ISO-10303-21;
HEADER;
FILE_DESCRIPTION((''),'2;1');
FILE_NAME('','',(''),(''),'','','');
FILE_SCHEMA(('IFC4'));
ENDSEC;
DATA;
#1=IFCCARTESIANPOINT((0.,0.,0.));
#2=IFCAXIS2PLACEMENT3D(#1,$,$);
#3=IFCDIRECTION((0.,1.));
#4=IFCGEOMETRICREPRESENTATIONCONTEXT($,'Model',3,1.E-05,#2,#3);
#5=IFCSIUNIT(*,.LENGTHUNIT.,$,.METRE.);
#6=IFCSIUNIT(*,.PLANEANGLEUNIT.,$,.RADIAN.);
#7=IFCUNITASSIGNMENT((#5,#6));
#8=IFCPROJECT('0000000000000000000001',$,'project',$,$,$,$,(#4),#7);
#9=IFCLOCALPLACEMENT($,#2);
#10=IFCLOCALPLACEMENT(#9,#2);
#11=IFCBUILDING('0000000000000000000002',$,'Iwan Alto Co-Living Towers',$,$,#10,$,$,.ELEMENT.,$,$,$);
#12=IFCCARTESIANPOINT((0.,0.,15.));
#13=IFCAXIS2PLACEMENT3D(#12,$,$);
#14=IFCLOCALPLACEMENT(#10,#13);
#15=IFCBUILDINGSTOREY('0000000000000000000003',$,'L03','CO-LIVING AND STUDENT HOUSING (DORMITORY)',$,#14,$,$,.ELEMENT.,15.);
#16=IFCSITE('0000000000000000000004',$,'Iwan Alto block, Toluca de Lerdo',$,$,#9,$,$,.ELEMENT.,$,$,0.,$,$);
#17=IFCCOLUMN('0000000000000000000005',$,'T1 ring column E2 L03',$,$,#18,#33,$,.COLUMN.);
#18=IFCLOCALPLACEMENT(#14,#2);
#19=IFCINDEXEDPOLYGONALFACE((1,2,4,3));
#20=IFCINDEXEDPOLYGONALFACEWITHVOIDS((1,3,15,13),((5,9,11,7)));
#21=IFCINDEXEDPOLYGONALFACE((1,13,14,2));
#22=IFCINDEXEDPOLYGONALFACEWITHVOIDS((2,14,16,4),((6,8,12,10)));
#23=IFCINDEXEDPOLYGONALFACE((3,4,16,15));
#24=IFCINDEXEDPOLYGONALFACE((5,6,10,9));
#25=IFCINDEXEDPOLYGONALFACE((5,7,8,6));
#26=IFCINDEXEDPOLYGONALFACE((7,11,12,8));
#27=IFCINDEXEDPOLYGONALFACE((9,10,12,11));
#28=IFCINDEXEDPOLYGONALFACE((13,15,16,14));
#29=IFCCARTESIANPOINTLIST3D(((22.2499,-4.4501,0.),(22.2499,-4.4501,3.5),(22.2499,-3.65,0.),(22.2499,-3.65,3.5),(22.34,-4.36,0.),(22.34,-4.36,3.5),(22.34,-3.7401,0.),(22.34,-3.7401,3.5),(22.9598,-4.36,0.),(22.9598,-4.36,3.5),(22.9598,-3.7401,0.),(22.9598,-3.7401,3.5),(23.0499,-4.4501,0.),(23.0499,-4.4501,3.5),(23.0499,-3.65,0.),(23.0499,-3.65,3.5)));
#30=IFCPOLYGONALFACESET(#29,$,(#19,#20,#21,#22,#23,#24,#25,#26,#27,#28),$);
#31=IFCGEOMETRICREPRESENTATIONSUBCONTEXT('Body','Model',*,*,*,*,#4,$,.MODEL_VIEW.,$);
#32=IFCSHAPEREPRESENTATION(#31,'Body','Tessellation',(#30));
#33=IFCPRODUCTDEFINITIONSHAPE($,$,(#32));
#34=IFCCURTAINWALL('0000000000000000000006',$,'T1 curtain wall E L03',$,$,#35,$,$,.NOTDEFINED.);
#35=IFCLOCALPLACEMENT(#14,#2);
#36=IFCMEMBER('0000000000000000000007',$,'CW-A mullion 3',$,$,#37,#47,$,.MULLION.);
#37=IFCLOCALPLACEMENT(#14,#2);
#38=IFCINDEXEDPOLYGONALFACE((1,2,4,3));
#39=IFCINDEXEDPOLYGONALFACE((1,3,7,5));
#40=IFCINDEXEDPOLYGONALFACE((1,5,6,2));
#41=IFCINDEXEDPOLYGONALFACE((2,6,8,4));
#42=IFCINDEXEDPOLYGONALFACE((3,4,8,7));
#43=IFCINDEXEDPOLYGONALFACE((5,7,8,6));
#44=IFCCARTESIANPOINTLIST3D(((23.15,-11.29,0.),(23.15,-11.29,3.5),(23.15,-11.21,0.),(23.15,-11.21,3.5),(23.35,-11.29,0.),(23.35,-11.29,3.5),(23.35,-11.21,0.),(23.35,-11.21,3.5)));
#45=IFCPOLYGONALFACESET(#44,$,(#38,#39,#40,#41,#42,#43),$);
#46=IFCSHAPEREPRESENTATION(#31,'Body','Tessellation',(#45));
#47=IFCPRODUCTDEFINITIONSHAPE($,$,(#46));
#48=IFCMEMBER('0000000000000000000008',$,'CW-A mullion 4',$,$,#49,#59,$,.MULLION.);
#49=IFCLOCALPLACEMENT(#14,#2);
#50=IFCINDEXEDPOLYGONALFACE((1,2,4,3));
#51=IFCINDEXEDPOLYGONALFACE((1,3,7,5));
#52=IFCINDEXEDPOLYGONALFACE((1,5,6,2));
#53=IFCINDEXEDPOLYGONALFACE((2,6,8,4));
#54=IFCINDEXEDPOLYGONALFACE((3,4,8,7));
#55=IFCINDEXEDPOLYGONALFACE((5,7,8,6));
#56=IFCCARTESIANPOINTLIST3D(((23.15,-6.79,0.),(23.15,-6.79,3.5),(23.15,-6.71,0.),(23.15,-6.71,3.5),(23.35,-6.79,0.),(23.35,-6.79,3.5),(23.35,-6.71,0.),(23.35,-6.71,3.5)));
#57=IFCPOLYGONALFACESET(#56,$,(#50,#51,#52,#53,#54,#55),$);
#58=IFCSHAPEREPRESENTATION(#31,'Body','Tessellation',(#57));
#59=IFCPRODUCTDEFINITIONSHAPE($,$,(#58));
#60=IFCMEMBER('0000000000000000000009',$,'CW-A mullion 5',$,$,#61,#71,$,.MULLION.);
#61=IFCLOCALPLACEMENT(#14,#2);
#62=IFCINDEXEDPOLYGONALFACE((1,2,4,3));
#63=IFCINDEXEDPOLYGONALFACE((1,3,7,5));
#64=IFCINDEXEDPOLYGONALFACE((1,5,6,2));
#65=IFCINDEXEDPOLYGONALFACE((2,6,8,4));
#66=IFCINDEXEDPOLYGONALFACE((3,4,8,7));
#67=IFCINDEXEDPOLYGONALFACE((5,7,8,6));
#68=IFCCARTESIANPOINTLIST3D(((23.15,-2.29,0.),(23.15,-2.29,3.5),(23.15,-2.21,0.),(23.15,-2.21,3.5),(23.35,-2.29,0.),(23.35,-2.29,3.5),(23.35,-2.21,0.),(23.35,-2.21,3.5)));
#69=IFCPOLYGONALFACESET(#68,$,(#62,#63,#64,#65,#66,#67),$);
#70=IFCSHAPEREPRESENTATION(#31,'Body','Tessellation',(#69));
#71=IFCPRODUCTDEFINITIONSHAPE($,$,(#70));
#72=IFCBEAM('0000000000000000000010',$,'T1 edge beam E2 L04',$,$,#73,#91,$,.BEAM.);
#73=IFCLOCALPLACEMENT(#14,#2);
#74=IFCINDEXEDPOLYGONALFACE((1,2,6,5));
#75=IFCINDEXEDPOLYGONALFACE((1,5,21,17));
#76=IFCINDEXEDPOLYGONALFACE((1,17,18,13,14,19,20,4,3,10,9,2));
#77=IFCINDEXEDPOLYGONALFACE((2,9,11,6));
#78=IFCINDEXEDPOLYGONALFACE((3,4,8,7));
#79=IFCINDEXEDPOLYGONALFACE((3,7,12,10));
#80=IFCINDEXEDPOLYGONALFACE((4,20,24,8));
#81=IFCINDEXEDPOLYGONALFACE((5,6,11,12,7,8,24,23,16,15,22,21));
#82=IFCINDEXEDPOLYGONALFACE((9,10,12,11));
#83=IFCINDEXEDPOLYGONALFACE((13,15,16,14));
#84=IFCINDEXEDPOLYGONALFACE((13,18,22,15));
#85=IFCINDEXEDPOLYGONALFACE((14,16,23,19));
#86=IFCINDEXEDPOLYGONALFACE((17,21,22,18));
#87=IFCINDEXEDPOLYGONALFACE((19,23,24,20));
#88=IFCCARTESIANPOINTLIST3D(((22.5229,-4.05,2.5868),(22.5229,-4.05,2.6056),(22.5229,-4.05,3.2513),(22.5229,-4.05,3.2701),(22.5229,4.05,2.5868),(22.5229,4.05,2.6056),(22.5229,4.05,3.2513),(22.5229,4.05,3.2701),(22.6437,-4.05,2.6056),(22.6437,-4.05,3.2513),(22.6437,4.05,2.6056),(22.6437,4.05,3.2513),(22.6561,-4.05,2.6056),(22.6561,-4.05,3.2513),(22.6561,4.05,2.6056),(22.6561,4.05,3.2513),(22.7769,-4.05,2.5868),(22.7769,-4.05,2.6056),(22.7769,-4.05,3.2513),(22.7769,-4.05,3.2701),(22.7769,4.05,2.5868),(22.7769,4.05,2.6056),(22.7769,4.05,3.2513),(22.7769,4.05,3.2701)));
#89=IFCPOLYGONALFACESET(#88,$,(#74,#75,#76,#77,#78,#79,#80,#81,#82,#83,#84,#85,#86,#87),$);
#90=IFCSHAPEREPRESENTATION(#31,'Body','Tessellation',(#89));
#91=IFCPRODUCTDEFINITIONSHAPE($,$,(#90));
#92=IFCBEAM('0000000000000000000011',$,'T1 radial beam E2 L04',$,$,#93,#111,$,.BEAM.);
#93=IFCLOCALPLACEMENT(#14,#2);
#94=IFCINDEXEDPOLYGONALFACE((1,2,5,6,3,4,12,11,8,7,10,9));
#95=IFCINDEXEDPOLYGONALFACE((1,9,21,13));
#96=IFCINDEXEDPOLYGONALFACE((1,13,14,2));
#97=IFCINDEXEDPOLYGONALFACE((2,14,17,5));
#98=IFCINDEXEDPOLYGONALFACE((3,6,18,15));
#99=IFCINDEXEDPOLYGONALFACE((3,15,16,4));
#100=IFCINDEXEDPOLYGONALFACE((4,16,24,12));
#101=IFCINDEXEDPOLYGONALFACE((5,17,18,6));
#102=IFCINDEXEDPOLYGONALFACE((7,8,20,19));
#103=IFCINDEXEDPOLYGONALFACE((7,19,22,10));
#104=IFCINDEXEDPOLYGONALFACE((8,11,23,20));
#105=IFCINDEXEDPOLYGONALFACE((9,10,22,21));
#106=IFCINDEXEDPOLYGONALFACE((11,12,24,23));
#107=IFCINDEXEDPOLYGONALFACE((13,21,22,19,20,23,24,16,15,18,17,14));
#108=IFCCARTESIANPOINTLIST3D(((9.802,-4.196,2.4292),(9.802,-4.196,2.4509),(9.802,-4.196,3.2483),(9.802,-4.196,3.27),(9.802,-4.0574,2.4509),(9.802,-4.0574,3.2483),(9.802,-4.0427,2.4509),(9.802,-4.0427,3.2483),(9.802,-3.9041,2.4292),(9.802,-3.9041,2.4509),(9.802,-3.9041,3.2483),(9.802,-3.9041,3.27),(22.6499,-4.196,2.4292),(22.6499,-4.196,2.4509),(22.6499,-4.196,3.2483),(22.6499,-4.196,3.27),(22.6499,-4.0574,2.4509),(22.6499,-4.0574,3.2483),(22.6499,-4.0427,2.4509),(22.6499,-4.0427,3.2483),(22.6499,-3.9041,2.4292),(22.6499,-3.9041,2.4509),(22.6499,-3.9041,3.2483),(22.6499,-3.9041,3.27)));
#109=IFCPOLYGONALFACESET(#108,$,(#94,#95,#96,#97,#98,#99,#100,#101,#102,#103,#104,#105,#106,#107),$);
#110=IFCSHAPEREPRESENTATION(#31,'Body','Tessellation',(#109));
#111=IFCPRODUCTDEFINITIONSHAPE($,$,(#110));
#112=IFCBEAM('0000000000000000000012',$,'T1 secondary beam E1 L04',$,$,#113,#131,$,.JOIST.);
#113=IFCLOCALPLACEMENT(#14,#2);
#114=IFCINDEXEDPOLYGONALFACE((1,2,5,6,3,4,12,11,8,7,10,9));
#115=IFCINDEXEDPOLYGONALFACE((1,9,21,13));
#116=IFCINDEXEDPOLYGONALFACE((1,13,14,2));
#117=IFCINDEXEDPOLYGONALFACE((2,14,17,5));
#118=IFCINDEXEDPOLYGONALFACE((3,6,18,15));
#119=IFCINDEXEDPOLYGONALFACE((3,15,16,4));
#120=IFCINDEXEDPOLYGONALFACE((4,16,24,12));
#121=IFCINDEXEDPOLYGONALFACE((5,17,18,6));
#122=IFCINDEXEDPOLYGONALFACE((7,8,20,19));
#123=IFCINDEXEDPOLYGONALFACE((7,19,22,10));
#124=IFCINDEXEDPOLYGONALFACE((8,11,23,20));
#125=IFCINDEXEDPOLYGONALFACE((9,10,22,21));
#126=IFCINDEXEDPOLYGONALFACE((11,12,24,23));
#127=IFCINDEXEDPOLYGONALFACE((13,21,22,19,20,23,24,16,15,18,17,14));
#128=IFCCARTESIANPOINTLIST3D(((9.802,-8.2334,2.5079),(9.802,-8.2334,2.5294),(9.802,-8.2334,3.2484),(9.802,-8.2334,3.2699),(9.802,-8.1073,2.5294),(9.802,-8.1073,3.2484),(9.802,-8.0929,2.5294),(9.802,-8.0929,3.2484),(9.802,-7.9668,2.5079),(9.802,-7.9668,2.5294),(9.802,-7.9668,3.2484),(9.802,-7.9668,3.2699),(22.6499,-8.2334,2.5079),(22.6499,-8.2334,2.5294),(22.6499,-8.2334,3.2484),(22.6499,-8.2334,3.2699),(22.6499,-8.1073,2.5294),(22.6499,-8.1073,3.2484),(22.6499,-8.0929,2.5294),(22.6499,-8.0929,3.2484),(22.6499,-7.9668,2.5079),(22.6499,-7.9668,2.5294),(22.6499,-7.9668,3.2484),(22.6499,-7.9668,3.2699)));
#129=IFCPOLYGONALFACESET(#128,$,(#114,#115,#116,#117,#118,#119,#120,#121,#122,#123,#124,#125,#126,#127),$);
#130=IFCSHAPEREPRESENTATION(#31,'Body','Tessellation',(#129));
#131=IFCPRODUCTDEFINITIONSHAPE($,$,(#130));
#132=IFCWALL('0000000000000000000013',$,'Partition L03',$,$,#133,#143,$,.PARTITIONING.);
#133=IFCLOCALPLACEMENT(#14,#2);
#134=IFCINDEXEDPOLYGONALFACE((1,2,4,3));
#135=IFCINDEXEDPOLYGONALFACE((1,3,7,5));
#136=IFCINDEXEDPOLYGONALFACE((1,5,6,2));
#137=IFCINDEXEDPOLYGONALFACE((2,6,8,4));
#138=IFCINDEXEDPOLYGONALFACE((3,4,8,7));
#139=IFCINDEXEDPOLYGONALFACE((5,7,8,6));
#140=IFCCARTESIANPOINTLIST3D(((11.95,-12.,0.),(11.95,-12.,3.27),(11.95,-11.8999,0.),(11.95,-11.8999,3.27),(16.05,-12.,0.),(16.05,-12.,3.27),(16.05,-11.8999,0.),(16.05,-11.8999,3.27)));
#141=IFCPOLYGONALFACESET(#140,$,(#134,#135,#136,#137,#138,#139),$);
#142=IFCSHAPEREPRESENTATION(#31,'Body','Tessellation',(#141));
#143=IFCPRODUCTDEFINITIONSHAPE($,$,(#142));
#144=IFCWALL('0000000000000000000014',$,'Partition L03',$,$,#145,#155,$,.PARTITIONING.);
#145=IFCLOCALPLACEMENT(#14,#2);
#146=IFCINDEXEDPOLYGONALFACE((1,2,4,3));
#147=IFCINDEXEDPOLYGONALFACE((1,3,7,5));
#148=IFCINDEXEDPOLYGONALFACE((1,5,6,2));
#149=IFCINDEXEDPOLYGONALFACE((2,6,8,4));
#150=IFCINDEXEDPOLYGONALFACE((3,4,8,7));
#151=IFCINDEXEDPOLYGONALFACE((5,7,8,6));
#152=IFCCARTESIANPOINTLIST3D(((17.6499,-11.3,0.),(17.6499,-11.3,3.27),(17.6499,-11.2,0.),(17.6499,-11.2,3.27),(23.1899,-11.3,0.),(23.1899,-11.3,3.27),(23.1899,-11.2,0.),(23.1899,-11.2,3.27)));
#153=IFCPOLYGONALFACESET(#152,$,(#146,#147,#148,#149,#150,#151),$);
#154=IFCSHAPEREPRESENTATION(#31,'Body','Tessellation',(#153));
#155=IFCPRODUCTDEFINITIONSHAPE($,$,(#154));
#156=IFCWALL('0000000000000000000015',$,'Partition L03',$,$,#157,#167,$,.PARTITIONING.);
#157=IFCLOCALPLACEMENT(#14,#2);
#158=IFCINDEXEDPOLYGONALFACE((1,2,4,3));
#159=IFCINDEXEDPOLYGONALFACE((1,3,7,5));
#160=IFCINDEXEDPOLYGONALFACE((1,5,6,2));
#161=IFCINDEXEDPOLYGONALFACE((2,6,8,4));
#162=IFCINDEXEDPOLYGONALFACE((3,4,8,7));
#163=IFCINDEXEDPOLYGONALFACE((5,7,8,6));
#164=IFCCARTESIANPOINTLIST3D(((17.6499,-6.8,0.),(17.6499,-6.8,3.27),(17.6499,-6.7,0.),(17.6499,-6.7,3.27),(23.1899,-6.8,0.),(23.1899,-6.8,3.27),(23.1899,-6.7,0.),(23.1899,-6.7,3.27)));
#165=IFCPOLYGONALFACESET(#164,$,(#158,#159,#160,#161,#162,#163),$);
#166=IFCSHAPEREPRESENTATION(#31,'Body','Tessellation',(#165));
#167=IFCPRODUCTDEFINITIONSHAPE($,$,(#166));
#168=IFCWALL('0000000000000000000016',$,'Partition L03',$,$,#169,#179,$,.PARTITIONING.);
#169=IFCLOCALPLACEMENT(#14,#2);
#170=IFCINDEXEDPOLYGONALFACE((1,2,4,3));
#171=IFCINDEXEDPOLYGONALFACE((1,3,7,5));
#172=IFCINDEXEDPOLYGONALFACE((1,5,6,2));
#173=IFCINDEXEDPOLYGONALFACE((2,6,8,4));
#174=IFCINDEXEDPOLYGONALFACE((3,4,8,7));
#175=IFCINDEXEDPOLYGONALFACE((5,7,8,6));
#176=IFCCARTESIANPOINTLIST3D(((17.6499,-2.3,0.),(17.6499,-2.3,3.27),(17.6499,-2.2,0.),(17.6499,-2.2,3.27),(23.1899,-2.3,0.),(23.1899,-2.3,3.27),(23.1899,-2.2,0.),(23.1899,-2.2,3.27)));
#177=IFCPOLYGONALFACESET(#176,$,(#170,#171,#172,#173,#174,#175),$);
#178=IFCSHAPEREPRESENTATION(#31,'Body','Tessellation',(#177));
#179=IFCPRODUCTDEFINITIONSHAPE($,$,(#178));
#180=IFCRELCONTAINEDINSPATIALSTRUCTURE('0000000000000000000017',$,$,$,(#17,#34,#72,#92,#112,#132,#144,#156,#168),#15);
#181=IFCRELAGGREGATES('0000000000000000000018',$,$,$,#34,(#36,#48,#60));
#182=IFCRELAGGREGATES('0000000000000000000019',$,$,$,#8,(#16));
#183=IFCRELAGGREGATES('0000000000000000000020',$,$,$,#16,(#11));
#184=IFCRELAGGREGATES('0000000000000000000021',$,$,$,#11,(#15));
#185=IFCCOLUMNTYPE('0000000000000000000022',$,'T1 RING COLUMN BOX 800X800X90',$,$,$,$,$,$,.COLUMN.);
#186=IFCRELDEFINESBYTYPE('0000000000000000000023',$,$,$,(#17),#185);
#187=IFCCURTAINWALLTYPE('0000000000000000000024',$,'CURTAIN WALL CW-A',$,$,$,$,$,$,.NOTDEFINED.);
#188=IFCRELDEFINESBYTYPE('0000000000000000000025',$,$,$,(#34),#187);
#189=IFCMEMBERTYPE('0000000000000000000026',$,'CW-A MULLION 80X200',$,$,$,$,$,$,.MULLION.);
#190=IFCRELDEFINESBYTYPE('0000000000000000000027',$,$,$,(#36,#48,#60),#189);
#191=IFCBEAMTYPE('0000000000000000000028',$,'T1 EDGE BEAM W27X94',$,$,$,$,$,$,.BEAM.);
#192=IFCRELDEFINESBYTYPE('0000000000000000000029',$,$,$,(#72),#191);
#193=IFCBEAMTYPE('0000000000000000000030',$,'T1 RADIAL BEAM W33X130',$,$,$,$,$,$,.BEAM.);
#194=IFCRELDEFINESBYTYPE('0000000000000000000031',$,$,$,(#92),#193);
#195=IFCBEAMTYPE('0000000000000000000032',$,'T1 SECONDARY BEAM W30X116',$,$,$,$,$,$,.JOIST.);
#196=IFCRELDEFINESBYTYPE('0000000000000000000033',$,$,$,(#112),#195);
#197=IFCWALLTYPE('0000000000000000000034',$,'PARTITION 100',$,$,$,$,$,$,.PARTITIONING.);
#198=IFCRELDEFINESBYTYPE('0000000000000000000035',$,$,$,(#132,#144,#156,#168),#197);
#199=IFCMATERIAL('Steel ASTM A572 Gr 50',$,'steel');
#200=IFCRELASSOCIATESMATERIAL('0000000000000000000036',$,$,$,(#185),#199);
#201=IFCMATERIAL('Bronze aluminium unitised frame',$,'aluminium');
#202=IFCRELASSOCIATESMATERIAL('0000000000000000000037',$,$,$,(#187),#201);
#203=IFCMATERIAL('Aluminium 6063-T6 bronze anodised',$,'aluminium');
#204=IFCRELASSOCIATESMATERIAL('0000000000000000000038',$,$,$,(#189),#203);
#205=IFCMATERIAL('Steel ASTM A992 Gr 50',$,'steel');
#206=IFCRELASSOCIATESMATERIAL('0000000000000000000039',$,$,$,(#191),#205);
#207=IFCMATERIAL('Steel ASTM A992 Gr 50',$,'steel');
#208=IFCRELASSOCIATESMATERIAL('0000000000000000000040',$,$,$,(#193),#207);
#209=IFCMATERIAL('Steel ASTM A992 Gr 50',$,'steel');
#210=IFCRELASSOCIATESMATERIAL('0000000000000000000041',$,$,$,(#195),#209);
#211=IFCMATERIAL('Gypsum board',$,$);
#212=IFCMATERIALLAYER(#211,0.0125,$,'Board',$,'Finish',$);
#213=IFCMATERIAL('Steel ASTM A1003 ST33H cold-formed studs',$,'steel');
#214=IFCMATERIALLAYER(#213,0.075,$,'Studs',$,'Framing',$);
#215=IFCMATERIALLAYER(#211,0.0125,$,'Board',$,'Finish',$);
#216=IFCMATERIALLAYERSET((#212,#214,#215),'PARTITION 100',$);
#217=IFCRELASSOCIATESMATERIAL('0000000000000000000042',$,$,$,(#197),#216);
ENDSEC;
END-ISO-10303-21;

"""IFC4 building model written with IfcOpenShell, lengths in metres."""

from ifc_helpers import new_model, si_unit, direction, frame, frame_2d, origin, origin_2d, place, context, subcontext, project, spatial, rectangle, hollow_rectangle, i_section, extrude, material, layer, layer_set, material_profile, profile_set, type_object, element, aggregate, save


model = new_model("IFC4")

# Units and contexts
model_context = context("Model", 3, precision=1e-05, world=origin(), true_north=direction((0.0, 1.0)))
body_context = subcontext(model_context, "Body", "Model", "MODEL_VIEW")
ifc_project = project(units=[si_unit("LENGTHUNIT", "METRE"), si_unit("PLANEANGLEUNIT", "RADIAN")], contexts=[model_context])

# Site, building, storey
site_placement = place(None, origin())
site = spatial("IfcSite", under=ifc_project, at=site_placement, Name="Iwan Alto block, Toluca de Lerdo", CompositionType="ELEMENT", RefElevation=0.0)
building_placement = place(site_placement, origin())
building = spatial("IfcBuilding", under=site, at=building_placement, Name="Iwan Alto Co-Living Towers", CompositionType="ELEMENT")
storey_placement = place(building_placement, frame((0.0, 0.0, 15.0)))
storey = spatial("IfcBuildingStorey", under=building, at=storey_placement, Name="L03", Description="CO-LIVING AND STUDENT HOUSING (DORMITORY)", CompositionType="ELEMENT", Elevation=15.0)

# Column
ifc_material_1 = material(Name="Steel ASTM A572 Gr 50", Category="steel")
ifc_material_profile_1 = material_profile(ifc_material_1, hollow_rectangle(XDim=0.8, YDim=0.8, WallThickness=0.0901, at=origin_2d()), Name="BOX 800X800X90")
ifc_profile_set_1 = profile_set([ifc_material_profile_1], Name="Steel ASTM A572 Gr 50")
column_type = type_object("IfcColumnType", Name="T1 RING COLUMN BOX 800X800X90", PredefinedType="COLUMN", material=ifc_profile_set_1)
column_placement = place(storey_placement, frame((22.6499, -4.05, 0.0), z_axis=(0.0, 0.0, 1.0), x_axis=(1.0, 0.0, 0.0)))
element("IfcColumn", 1, at=column_placement, inside=storey, type_object=column_type, Name="T1 ring column E2 L03", PredefinedType="COLUMN", context=body_context, shape_type="SweptSolid", body=[
    extrude(hollow_rectangle(XDim=0.8, YDim=0.8, WallThickness=0.0901, at=origin_2d()), origin(), (0.0, 0.0, 1.0), 3.5),
])

# Curtain wall, members
ifc_material_2 = material(Name="Bronze aluminium unitised frame", Category="aluminium")
curtain_wall_type = type_object("IfcCurtainWallType", Name="CURTAIN WALL CW-A", PredefinedType="NOTDEFINED", material=ifc_material_2)
curtain_wall_placement = place(storey_placement, origin())
curtain_wall = element("IfcCurtainWall", 2, at=curtain_wall_placement, inside=storey, type_object=curtain_wall_type, Name="T1 curtain wall E L03", PredefinedType="NOTDEFINED")
ifc_material_3 = material(Name="Aluminium 6063-T6 bronze anodised", Category="aluminium")
ifc_material_profile_2 = material_profile(ifc_material_3, rectangle(XDim=0.2, YDim=0.0801, at=origin_2d()), Name="AL 80X200")
ifc_profile_set_2 = profile_set([ifc_material_profile_2], Name="Aluminium 6063-T6 bronze anodised")
member_type = type_object("IfcMemberType", Name="CW-A MULLION 80X200", PredefinedType="MULLION", material=ifc_profile_set_2)
member_1_placement = place(storey_placement, frame((23.25, -11.25, 0.0), z_axis=(0.0, 0.0, 1.0), x_axis=(-1.0, 0.0, 0.0)))
member_1 = element("IfcMember", 3, at=member_1_placement, type_object=member_type, Name="CW-A mullion 3", PredefinedType="MULLION", context=body_context, shape_type="SweptSolid", body=[
    extrude(rectangle(XDim=0.2, YDim=0.0801, at=origin_2d()), origin(), (0.0, 0.0, 1.0), 3.5),
])
member_2_placement = place(storey_placement, frame((23.25, -6.75, 0.0), z_axis=(0.0, 0.0, 1.0), x_axis=(-1.0, 0.0, 0.0)))
member_2 = element("IfcMember", 4, at=member_2_placement, type_object=member_type, Name="CW-A mullion 4", PredefinedType="MULLION", context=body_context, shape_type="SweptSolid", body=[
    extrude(rectangle(XDim=0.2, YDim=0.0801, at=origin_2d()), origin(), (0.0, 0.0, 1.0), 3.5),
])
member_3_placement = place(storey_placement, frame((23.25, -2.25, 0.0), z_axis=(0.0, 0.0, 1.0), x_axis=(-1.0, 0.0, 0.0)))
member_3 = element("IfcMember", 5, at=member_3_placement, type_object=member_type, Name="CW-A mullion 5", PredefinedType="MULLION", context=body_context, shape_type="SweptSolid", body=[
    extrude(rectangle(XDim=0.2, YDim=0.0801, at=origin_2d()), origin(), (0.0, 0.0, 1.0), 3.5),
])
aggregate(curtain_wall, [member_1, member_2, member_3])

# Beams
ifc_material_4 = material(Name="Steel ASTM A992 Gr 50", Category="steel")
ifc_material_profile_3 = material_profile(ifc_material_4, i_section(OverallWidth=0.2539, OverallDepth=0.6833, WebThickness=0.0125, FlangeThickness=0.0188, at=origin_2d()), Name="W27X94")
ifc_profile_set_3 = profile_set([ifc_material_profile_3], Name="Steel ASTM A992 Gr 50")
beam_type_1 = type_object("IfcBeamType", Name="T1 EDGE BEAM W27X94", PredefinedType="BEAM", material=ifc_profile_set_3)
beam_1_placement = place(storey_placement, frame((22.6499, -4.05, 2.9285), z_axis=(0.0, 1.0, 0.0), x_axis=(-1.0, 0.0, 0.0)))
element("IfcBeam", 6, at=beam_1_placement, inside=storey, type_object=beam_type_1, Name="T1 edge beam E2 L04", PredefinedType="BEAM", context=body_context, shape_type="SweptSolid", body=[
    extrude(i_section(OverallWidth=0.2539, OverallDepth=0.6833, WebThickness=0.0125, FlangeThickness=0.0188, at=origin_2d()), origin(), (0.0, 0.0, 1.0), 8.1001),
])
ifc_material_5 = material(Name="Steel ASTM A992 Gr 50", Category="steel")
ifc_material_profile_4 = material_profile(ifc_material_5, i_section(OverallWidth=0.292, OverallDepth=0.8408, WebThickness=0.0146, FlangeThickness=0.0217, at=origin_2d()), Name="W33X130")
ifc_profile_set_4 = profile_set([ifc_material_profile_4], Name="Steel ASTM A992 Gr 50")
beam_type_2 = type_object("IfcBeamType", Name="T1 RADIAL BEAM W33X130", PredefinedType="BEAM", material=ifc_profile_set_4)
beam_2_placement = place(storey_placement, frame((22.6499, -4.05, 2.8496), z_axis=(-1.0, 0.0, 0.0), x_axis=(0.0, -1.0, 0.0)))
element("IfcBeam", 7, at=beam_2_placement, inside=storey, type_object=beam_type_2, Name="T1 radial beam E2 L04", PredefinedType="BEAM", context=body_context, shape_type="SweptSolid", body=[
    extrude(i_section(OverallWidth=0.292, OverallDepth=0.8408, WebThickness=0.0146, FlangeThickness=0.0217, at=origin_2d()), origin(), (0.0, 0.0, 1.0), 12.8479),
])
ifc_material_6 = material(Name="Steel ASTM A992 Gr 50", Category="steel")
ifc_material_profile_5 = material_profile(ifc_material_6, i_section(OverallWidth=0.2666, OverallDepth=0.762, WebThickness=0.0144, FlangeThickness=0.0215, at=origin_2d()), Name="W30X116")
ifc_profile_set_5 = profile_set([ifc_material_profile_5], Name="Steel ASTM A992 Gr 50")
beam_type_3 = type_object("IfcBeamType", Name="T1 SECONDARY BEAM W30X116", PredefinedType="JOIST", material=ifc_profile_set_5)
beam_3_placement = place(storey_placement, frame((22.6499, -8.1001, 2.8889), z_axis=(-1.0, 0.0, 0.0), x_axis=(0.0, -1.0, 0.0)))
element("IfcBeam", 8, at=beam_3_placement, inside=storey, type_object=beam_type_3, Name="T1 secondary beam E1 L04", PredefinedType="JOIST", context=body_context, shape_type="SweptSolid", body=[
    extrude(i_section(OverallWidth=0.2666, OverallDepth=0.762, WebThickness=0.0144, FlangeThickness=0.0215, at=origin_2d()), origin(), (0.0, 0.0, 1.0), 12.8479),
])

# Walls
ifc_material_7 = material(Name="Gypsum board")
ifc_layer_1 = layer(ifc_material_7, 0.0125, Name="Board", Category="Finish")
ifc_material_8 = material(Name="Steel ASTM A1003 ST33H cold-formed studs", Category="steel")
ifc_layer_2 = layer(ifc_material_8, 0.075, Name="Studs", Category="Framing")
ifc_layer_3 = layer(ifc_material_7, 0.0125, Name="Board", Category="Finish")
ifc_layer_set = layer_set([ifc_layer_1, ifc_layer_2, ifc_layer_3], Name="PARTITION 100")
wall_type = type_object("IfcWallType", Name="PARTITION 100", PredefinedType="PARTITIONING", material=ifc_layer_set)
wall_1_placement = place(storey_placement, frame((11.95, -11.95, 0.0), z_axis=(0.0, 0.0, 1.0), x_axis=(1.0, 0.0, 0.0)))
element("IfcWall", 9, at=wall_1_placement, inside=storey, type_object=wall_type, Name="Partition L03", PredefinedType="PARTITIONING", context=body_context, shape_type="SweptSolid", body=[
    extrude(rectangle(XDim=4.1001, YDim=0.1001, at=frame_2d((2.05, 0.0))), origin(), (0.0, 0.0, 1.0), 3.27),
])
for number, where, z_axis, x_axis, name in (
    (10, (17.6499, -11.25, 0.0), (0.0, 0.0, 1.0), (1.0, 0.0, 0.0), "Partition L03"),
    (11, (17.6499, -6.75, 0.0), (0.0, 0.0, 1.0), (1.0, 0.0, 0.0), "Partition L03"),
    (12, (17.6499, -2.25, 0.0), (0.0, 0.0, 1.0), (1.0, 0.0, 0.0), "Partition L03"),
):
    element("IfcWall", number, at=place(storey_placement, frame(where, z_axis=z_axis, x_axis=x_axis)), inside=storey, type_object=wall_type, Name=name, PredefinedType="PARTITIONING", context=body_context, shape_type="SweptSolid", body=[
        extrude(rectangle(XDim=5.54, YDim=0.1001, at=frame_2d((2.77, 0.0))), origin(), (0.0, 0.0, 1.0), 3.27),
    ])

save(model, "model.ifc")
